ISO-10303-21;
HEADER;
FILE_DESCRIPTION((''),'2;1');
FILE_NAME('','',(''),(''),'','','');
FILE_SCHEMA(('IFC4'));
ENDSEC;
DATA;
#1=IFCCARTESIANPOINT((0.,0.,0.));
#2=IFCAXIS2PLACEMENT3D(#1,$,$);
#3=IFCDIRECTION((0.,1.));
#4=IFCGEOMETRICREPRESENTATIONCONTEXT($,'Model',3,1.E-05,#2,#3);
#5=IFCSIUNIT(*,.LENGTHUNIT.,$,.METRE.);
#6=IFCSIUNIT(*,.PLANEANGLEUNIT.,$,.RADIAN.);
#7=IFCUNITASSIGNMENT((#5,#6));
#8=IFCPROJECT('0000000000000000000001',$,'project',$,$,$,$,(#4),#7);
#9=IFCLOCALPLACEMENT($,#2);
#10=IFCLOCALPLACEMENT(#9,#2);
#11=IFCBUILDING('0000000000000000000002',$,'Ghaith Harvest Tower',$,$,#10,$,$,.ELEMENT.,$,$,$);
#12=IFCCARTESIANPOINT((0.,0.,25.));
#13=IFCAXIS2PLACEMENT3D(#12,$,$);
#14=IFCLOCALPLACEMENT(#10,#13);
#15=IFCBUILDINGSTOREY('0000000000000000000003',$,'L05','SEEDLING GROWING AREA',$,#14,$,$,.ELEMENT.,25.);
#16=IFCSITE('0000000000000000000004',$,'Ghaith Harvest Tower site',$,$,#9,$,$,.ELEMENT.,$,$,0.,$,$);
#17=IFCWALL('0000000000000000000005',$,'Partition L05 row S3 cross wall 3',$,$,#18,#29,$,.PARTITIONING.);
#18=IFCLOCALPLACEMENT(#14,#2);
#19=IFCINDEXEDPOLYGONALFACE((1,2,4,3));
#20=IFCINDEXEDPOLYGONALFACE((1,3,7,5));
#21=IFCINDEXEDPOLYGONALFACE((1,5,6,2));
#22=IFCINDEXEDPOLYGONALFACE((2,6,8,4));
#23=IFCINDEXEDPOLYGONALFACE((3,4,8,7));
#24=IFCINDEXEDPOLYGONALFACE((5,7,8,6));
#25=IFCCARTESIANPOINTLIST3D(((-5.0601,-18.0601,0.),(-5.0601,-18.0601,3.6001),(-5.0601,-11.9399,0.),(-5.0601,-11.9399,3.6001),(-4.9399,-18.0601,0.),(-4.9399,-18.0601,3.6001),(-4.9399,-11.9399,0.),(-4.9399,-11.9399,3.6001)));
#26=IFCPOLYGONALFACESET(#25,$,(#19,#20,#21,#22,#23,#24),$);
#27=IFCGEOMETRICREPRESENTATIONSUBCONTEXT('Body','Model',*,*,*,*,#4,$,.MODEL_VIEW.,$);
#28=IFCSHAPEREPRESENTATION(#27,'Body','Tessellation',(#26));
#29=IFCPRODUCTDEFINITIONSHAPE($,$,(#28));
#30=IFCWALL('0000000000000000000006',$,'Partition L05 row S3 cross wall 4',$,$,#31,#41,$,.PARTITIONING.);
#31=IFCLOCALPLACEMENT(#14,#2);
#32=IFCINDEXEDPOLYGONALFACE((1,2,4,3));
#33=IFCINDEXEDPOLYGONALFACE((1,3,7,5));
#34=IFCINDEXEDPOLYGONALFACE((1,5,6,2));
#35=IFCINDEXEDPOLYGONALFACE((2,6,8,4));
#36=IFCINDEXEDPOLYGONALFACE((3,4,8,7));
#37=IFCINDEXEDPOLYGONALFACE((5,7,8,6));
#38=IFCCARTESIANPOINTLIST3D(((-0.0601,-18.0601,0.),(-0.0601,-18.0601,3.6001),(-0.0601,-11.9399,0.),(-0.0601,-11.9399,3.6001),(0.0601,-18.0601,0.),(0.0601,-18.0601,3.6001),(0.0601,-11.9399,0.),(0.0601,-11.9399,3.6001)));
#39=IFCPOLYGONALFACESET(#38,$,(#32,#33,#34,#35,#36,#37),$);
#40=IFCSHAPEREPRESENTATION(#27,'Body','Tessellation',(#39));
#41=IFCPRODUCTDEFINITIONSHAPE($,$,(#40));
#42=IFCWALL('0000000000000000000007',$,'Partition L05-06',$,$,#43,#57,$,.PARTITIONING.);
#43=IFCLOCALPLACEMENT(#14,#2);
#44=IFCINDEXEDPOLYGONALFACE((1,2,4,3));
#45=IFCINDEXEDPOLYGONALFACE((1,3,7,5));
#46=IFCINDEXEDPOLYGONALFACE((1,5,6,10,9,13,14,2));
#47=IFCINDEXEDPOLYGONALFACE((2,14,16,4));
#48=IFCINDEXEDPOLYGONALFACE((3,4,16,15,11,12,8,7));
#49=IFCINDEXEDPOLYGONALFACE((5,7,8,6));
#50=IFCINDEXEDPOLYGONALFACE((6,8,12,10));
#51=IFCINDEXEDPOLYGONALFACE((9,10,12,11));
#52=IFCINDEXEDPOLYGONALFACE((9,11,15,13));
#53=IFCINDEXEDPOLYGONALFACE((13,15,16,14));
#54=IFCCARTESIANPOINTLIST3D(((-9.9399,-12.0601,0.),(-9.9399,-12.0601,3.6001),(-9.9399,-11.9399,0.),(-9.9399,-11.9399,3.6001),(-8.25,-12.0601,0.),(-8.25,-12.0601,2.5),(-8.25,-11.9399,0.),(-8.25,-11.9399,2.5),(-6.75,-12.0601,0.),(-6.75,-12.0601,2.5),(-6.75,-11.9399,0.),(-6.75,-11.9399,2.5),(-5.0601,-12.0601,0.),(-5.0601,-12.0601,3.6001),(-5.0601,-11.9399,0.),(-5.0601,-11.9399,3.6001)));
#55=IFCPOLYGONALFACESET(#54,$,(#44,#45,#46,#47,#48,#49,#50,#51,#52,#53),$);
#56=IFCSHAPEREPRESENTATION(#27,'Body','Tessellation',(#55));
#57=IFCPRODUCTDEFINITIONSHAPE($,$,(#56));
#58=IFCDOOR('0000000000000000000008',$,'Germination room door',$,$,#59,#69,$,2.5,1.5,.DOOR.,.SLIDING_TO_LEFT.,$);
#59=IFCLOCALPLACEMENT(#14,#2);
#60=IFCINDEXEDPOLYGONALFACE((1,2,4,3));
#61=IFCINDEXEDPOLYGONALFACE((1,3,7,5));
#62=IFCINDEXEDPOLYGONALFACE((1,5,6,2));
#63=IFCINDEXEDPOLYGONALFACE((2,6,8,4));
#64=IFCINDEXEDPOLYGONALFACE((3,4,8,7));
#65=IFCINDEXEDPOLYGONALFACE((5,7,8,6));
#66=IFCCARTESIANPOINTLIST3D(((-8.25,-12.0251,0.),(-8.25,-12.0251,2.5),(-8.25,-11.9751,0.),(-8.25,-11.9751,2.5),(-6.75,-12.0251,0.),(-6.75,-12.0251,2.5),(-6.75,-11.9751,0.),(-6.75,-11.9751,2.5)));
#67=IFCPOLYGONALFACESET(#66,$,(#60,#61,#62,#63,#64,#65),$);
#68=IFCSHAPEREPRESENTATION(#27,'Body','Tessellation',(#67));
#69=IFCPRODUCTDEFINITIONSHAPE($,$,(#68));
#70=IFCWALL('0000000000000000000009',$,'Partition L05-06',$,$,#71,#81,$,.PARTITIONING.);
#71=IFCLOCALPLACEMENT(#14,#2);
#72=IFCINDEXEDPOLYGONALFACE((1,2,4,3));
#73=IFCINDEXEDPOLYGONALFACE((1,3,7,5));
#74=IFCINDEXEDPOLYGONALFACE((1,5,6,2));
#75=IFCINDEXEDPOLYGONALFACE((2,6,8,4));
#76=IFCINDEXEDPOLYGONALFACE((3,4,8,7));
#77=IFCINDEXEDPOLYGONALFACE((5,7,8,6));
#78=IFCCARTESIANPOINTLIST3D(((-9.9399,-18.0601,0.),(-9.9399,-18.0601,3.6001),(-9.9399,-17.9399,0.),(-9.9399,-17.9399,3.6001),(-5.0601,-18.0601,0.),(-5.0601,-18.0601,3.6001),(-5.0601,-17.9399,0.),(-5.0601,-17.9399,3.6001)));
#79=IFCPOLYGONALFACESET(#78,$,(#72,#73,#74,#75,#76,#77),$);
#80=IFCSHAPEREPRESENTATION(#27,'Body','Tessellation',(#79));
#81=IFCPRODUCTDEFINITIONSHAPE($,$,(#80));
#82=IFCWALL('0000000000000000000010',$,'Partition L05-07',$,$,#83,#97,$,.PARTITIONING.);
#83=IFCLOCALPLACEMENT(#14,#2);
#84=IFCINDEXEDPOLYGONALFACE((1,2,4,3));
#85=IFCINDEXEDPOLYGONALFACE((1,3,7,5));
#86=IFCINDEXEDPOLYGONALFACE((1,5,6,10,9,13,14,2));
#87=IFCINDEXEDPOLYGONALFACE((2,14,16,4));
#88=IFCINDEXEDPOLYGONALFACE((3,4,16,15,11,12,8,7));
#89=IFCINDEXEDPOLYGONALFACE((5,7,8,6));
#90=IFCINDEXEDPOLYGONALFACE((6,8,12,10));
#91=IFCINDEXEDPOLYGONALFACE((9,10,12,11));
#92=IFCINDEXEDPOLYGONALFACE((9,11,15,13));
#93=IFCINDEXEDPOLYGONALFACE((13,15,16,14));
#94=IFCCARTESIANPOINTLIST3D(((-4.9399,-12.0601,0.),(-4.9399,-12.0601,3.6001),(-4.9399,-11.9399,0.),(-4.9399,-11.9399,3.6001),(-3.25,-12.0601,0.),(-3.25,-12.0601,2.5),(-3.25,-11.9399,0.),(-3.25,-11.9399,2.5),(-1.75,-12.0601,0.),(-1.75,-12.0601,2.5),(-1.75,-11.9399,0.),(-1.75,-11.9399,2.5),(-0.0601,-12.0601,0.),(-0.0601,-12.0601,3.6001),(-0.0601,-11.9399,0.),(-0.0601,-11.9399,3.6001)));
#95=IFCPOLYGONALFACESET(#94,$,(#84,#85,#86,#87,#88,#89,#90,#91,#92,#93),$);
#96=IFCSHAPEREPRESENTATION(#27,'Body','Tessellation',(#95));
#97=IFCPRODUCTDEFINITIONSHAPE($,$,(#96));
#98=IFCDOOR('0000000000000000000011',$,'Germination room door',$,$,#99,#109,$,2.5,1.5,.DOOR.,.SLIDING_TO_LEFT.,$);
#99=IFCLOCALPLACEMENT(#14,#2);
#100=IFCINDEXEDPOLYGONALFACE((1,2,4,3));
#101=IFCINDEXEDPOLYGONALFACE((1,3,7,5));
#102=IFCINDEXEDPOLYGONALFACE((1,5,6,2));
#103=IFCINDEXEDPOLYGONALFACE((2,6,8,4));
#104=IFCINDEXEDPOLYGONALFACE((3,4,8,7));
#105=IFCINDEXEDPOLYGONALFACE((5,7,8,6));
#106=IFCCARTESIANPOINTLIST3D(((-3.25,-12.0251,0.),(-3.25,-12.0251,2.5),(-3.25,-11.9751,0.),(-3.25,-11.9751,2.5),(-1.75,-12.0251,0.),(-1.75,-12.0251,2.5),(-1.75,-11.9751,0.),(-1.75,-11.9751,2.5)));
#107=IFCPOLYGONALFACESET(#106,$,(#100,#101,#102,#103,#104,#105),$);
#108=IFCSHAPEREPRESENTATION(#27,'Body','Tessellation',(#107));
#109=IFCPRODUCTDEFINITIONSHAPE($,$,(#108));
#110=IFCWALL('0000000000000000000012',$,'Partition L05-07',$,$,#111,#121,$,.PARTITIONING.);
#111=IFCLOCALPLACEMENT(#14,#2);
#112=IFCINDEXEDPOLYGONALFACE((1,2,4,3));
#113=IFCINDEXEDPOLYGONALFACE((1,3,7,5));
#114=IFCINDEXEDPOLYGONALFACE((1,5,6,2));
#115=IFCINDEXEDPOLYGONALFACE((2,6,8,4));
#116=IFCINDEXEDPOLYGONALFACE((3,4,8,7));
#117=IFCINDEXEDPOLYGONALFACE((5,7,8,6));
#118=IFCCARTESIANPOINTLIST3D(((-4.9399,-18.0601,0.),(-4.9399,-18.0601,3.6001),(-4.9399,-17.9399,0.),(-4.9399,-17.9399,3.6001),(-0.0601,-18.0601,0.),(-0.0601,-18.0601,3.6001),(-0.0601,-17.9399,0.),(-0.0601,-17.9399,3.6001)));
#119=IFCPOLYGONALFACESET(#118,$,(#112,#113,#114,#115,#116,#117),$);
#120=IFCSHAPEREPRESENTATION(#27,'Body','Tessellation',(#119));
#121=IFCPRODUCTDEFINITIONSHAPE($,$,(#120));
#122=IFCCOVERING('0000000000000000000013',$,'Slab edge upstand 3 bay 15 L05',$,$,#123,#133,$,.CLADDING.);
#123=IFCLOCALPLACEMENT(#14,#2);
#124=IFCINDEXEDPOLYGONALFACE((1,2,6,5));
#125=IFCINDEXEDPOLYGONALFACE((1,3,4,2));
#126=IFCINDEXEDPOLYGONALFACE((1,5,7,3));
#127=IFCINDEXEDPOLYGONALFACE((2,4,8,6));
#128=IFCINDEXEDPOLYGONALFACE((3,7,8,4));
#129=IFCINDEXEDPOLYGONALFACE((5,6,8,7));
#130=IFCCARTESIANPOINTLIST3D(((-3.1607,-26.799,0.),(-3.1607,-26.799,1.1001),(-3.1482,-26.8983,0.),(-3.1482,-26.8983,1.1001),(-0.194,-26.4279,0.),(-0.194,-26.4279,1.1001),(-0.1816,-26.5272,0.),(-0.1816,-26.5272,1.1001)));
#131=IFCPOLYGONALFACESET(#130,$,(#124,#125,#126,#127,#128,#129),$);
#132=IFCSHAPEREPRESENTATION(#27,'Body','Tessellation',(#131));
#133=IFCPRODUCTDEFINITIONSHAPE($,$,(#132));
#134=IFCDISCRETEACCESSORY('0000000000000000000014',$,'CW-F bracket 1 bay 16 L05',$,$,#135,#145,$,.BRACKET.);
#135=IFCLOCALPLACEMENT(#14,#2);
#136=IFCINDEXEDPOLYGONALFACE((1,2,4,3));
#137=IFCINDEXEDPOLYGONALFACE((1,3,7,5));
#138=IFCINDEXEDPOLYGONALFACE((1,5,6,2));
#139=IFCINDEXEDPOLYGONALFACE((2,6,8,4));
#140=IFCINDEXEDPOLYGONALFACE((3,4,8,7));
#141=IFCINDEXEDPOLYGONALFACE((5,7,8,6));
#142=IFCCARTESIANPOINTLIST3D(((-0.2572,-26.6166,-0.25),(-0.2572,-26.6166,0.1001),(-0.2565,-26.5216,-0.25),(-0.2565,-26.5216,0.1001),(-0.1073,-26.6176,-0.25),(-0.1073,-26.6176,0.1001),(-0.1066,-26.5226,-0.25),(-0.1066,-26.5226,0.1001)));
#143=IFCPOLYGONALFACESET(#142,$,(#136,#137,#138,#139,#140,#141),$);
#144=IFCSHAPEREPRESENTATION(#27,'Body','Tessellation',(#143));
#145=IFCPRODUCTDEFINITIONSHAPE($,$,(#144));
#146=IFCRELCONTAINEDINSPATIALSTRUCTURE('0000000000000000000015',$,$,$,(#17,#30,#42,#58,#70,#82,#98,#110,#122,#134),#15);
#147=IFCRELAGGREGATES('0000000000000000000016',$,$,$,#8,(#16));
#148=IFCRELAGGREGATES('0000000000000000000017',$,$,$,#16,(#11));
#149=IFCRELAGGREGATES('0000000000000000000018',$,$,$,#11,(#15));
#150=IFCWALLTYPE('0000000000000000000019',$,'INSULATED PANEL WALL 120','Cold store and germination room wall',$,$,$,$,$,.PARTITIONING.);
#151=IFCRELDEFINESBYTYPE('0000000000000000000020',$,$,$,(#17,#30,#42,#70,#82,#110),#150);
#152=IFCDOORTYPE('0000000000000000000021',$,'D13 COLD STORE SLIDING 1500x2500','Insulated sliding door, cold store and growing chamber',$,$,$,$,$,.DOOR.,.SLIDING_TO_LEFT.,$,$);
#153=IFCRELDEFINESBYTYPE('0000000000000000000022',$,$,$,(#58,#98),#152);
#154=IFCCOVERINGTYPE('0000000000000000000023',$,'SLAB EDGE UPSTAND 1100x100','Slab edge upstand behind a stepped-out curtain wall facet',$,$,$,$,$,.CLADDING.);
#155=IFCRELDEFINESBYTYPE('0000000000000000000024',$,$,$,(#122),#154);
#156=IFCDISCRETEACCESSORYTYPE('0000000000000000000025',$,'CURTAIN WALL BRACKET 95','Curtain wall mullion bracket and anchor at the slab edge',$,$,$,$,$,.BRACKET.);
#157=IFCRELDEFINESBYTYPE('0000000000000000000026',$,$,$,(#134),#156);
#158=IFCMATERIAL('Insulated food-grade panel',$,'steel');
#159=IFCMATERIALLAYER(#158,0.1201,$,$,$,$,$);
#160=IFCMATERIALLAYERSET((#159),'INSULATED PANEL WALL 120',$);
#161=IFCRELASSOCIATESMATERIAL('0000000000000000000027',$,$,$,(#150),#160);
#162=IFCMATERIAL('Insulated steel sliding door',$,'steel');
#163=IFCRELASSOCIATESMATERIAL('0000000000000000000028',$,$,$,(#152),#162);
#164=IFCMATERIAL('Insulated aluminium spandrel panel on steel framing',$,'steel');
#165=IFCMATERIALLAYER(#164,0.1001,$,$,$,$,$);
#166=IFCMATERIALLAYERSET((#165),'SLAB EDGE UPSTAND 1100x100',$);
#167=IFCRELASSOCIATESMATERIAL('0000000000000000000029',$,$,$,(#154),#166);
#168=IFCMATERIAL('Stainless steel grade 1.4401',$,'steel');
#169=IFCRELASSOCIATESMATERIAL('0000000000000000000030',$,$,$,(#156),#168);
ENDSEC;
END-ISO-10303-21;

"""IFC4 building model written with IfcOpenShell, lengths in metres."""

from ifc_helpers import new_model, si_unit, direction, frame, frame_2d, origin, origin_2d, place, context, subcontext, project, spatial, rectangle, extrude, material, layer, layer_set, type_object, element, fill, save


model = new_model("IFC4")

# Units and contexts
model_context = context("Model", 3, precision=1e-05, world=origin(), true_north=direction((0.0, 1.0)))
body_context = subcontext(model_context, "Body", "Model", "MODEL_VIEW")
ifc_project = project(units=[si_unit("LENGTHUNIT", "METRE"), si_unit("PLANEANGLEUNIT", "RADIAN")], contexts=[model_context])

# Site, building, storey
site_placement = place(None, origin())
site = spatial("IfcSite", under=ifc_project, at=site_placement, Name="Ghaith Harvest Tower site", CompositionType="ELEMENT", RefElevation=0.0)
building_placement = place(site_placement, origin())
building = spatial("IfcBuilding", under=site, at=building_placement, Name="Ghaith Harvest Tower", CompositionType="ELEMENT")
storey_placement = place(building_placement, frame((0.0, 0.0, 25.0)))
storey = spatial("IfcBuildingStorey", under=building, at=storey_placement, Name="L05", Description="SEEDLING GROWING AREA", CompositionType="ELEMENT", Elevation=25.0)

# Walls
ifc_material_1 = material(Name="Insulated food-grade panel", Category="steel")
ifc_layer_1 = layer(ifc_material_1, 0.1201)
ifc_layer_set_1 = layer_set([ifc_layer_1], Name="INSULATED PANEL WALL 120")
wall_type = type_object("IfcWallType", Name="INSULATED PANEL WALL 120", Description="Cold store and germination room wall", PredefinedType="PARTITIONING", material=ifc_layer_set_1)
for number, where, z_axis, x_axis, name in (
    (1, (-5.0, -11.9399, 0.0), (0.0, 0.0, 1.0), (0.0, -1.0, 0.0), "Partition L05 row S3 cross wall 3"),
    (2, (0.0, -11.9399, 0.0), (0.0, 0.0, 1.0), (0.0, -1.0, 0.0), "Partition L05 row S3 cross wall 4"),
):
    element("IfcWall", number, at=place(storey_placement, frame(where, z_axis=z_axis, x_axis=x_axis)), inside=storey, type_object=wall_type, Name=name, PredefinedType="PARTITIONING", context=body_context, shape_type="SweptSolid", body=[
        extrude(rectangle(XDim=6.1201, YDim=0.1201, at=frame_2d((3.0601, 0.0))), origin(), (0.0, 0.0, 1.0), 3.6001),
    ])

# Wall, opening, door
wall_1_placement = place(storey_placement, frame((-9.9399, -12.0, 0.0), z_axis=(0.0, 0.0, 1.0), x_axis=(1.0, 0.0, 0.0)))
wall_1 = element("IfcWall", 3, at=wall_1_placement, inside=storey, type_object=wall_type, Name="Partition L05-06", PredefinedType="PARTITIONING", context=body_context, shape_type="SweptSolid", body=[
    extrude(rectangle(XDim=4.8799, YDim=0.1201, at=frame_2d((2.4399, 0.0))), origin(), (0.0, 0.0, 1.0), 3.6001),
])
opening_1_placement = place(wall_1_placement, frame((1.6899, 0.0, 0.0)))
opening_1 = element("IfcOpeningElement", 4, at=opening_1_placement, cuts=wall_1, PredefinedType="OPENING", context=body_context, shape_type="SweptSolid", body=[
    extrude(rectangle(XDim=1.5, YDim=2.5, at=frame_2d((0.75, 1.25))), frame((0.0, 0.0701, 0.0), z_axis=(0.0, -1.0, 0.0), x_axis=(1.0, 0.0, 0.0)), (0.0, 0.0, 1.0), 0.1401),
])
ifc_material_2 = material(Name="Insulated steel sliding door", Category="steel")
door_type = type_object("IfcDoorType", Name="D13 COLD STORE SLIDING 1500x2500", Description="Insulated sliding door, cold store and growing chamber", OperationType="SLIDING_TO_LEFT", PredefinedType="DOOR", material=ifc_material_2)
door_1_placement = place(opening_1_placement, origin())
door_1 = element("IfcDoor", 5, at=door_1_placement, inside=storey, type_object=door_type, Name="Germination room door", OperationType="SLIDING_TO_LEFT", OverallHeight=2.5, OverallWidth=1.5, PredefinedType="DOOR", context=body_context, shape_type="SweptSolid", body=[
    extrude(rectangle(XDim=1.5, YDim=2.5, at=frame_2d((0.75, 1.25))), frame((0.0, 0.0249, 0.0), z_axis=(0.0, -1.0, 0.0), x_axis=(1.0, 0.0, 0.0)), (0.0, 0.0, 1.0), 0.05),
])
fill(opening_1, door_1)

# Wall
wall_2_placement = place(storey_placement, frame((-9.9399, -18.0, 0.0), z_axis=(0.0, 0.0, 1.0), x_axis=(1.0, 0.0, 0.0)))
element("IfcWall", 6, at=wall_2_placement, inside=storey, type_object=wall_type, Name="Partition L05-06", PredefinedType="PARTITIONING", context=body_context, shape_type="SweptSolid", body=[
    extrude(rectangle(XDim=4.8799, YDim=0.1201, at=frame_2d((2.4399, 0.0))), origin(), (0.0, 0.0, 1.0), 3.6001),
])

# Wall, opening, door
wall_3_placement = place(storey_placement, frame((-4.9399, -12.0, 0.0), z_axis=(0.0, 0.0, 1.0), x_axis=(1.0, 0.0, 0.0)))
wall_3 = element("IfcWall", 7, at=wall_3_placement, inside=storey, type_object=wall_type, Name="Partition L05-07", PredefinedType="PARTITIONING", context=body_context, shape_type="SweptSolid", body=[
    extrude(rectangle(XDim=4.8799, YDim=0.1201, at=frame_2d((2.4399, 0.0))), origin(), (0.0, 0.0, 1.0), 3.6001),
])
opening_2_placement = place(wall_3_placement, frame((1.6899, 0.0, 0.0)))
opening_2 = element("IfcOpeningElement", 8, at=opening_2_placement, cuts=wall_3, PredefinedType="OPENING", context=body_context, shape_type="SweptSolid", body=[
    extrude(rectangle(XDim=1.5, YDim=2.5, at=frame_2d((0.75, 1.25))), frame((0.0, 0.0701, 0.0), z_axis=(0.0, -1.0, 0.0), x_axis=(1.0, 0.0, 0.0)), (0.0, 0.0, 1.0), 0.1401),
])
door_2_placement = place(opening_2_placement, origin())
door_2 = element("IfcDoor", 9, at=door_2_placement, inside=storey, type_object=door_type, Name="Germination room door", OperationType="SLIDING_TO_LEFT", OverallHeight=2.5, OverallWidth=1.5, PredefinedType="DOOR", context=body_context, shape_type="SweptSolid", body=[
    extrude(rectangle(XDim=1.5, YDim=2.5, at=frame_2d((0.75, 1.25))), frame((0.0, 0.0249, 0.0), z_axis=(0.0, -1.0, 0.0), x_axis=(1.0, 0.0, 0.0)), (0.0, 0.0, 1.0), 0.05),
])
fill(opening_2, door_2)

# Wall
wall_4_placement = place(storey_placement, frame((-4.9399, -18.0, 0.0), z_axis=(0.0, 0.0, 1.0), x_axis=(1.0, 0.0, 0.0)))
element("IfcWall", 10, at=wall_4_placement, inside=storey, type_object=wall_type, Name="Partition L05-07", PredefinedType="PARTITIONING", context=body_context, shape_type="SweptSolid", body=[
    extrude(rectangle(XDim=4.8799, YDim=0.1201, at=frame_2d((2.4399, 0.0))), origin(), (0.0, 0.0, 1.0), 3.6001),
])

# Covering
ifc_material_3 = material(Name="Insulated aluminium spandrel panel on steel framing", Category="steel")
ifc_layer_2 = layer(ifc_material_3, 0.1001)
ifc_layer_set_2 = layer_set([ifc_layer_2], Name="SLAB EDGE UPSTAND 1100x100")
covering_type = type_object("IfcCoveringType", Name="SLAB EDGE UPSTAND 1100x100", Description="Slab edge upstand behind a stepped-out curtain wall facet", PredefinedType="CLADDING", material=ifc_layer_set_2)
covering_placement = place(storey_placement, frame((-1.6711, -26.6631, 0.0), z_axis=(0.0, 0.0, 1.0), x_axis=(0.992265, 0.124139, 0.0)))
element("IfcCovering", 11, at=covering_placement, inside=storey, type_object=covering_type, Name="Slab edge upstand 3 bay 15 L05", PredefinedType="CLADDING", context=body_context, shape_type="SweptSolid", body=[
    extrude(rectangle(XDim=2.9897, YDim=0.1001, at=origin_2d()), origin(), (0.0, 0.0, 1.0), 1.1001),
])

# Discrete accessory
ifc_material_4 = material(Name="Stainless steel grade 1.4401", Category="steel")
discrete_accessory_type = type_object("IfcDiscreteAccessoryType", Name="CURTAIN WALL BRACKET 95", Description="Curtain wall mullion bracket and anchor at the slab edge", PredefinedType="BRACKET", material=ifc_material_4)
discrete_accessory_placement = place(storey_placement, frame((-0.1819, -26.5696, -0.25), z_axis=(0.0, 0.0, 1.0), x_axis=(-0.006844, -0.999977, 0.0)))
element("IfcDiscreteAccessory", 12, at=discrete_accessory_placement, inside=storey, type_object=discrete_accessory_type, Name="CW-F bracket 1 bay 16 L05", PredefinedType="BRACKET", context=body_context, shape_type="SweptSolid", body=[
    extrude(rectangle(XDim=0.095, YDim=0.1499, at=origin_2d()), origin(), (0.0, 0.0, 1.0), 0.3501),
])

save(model, "model.ifc")
